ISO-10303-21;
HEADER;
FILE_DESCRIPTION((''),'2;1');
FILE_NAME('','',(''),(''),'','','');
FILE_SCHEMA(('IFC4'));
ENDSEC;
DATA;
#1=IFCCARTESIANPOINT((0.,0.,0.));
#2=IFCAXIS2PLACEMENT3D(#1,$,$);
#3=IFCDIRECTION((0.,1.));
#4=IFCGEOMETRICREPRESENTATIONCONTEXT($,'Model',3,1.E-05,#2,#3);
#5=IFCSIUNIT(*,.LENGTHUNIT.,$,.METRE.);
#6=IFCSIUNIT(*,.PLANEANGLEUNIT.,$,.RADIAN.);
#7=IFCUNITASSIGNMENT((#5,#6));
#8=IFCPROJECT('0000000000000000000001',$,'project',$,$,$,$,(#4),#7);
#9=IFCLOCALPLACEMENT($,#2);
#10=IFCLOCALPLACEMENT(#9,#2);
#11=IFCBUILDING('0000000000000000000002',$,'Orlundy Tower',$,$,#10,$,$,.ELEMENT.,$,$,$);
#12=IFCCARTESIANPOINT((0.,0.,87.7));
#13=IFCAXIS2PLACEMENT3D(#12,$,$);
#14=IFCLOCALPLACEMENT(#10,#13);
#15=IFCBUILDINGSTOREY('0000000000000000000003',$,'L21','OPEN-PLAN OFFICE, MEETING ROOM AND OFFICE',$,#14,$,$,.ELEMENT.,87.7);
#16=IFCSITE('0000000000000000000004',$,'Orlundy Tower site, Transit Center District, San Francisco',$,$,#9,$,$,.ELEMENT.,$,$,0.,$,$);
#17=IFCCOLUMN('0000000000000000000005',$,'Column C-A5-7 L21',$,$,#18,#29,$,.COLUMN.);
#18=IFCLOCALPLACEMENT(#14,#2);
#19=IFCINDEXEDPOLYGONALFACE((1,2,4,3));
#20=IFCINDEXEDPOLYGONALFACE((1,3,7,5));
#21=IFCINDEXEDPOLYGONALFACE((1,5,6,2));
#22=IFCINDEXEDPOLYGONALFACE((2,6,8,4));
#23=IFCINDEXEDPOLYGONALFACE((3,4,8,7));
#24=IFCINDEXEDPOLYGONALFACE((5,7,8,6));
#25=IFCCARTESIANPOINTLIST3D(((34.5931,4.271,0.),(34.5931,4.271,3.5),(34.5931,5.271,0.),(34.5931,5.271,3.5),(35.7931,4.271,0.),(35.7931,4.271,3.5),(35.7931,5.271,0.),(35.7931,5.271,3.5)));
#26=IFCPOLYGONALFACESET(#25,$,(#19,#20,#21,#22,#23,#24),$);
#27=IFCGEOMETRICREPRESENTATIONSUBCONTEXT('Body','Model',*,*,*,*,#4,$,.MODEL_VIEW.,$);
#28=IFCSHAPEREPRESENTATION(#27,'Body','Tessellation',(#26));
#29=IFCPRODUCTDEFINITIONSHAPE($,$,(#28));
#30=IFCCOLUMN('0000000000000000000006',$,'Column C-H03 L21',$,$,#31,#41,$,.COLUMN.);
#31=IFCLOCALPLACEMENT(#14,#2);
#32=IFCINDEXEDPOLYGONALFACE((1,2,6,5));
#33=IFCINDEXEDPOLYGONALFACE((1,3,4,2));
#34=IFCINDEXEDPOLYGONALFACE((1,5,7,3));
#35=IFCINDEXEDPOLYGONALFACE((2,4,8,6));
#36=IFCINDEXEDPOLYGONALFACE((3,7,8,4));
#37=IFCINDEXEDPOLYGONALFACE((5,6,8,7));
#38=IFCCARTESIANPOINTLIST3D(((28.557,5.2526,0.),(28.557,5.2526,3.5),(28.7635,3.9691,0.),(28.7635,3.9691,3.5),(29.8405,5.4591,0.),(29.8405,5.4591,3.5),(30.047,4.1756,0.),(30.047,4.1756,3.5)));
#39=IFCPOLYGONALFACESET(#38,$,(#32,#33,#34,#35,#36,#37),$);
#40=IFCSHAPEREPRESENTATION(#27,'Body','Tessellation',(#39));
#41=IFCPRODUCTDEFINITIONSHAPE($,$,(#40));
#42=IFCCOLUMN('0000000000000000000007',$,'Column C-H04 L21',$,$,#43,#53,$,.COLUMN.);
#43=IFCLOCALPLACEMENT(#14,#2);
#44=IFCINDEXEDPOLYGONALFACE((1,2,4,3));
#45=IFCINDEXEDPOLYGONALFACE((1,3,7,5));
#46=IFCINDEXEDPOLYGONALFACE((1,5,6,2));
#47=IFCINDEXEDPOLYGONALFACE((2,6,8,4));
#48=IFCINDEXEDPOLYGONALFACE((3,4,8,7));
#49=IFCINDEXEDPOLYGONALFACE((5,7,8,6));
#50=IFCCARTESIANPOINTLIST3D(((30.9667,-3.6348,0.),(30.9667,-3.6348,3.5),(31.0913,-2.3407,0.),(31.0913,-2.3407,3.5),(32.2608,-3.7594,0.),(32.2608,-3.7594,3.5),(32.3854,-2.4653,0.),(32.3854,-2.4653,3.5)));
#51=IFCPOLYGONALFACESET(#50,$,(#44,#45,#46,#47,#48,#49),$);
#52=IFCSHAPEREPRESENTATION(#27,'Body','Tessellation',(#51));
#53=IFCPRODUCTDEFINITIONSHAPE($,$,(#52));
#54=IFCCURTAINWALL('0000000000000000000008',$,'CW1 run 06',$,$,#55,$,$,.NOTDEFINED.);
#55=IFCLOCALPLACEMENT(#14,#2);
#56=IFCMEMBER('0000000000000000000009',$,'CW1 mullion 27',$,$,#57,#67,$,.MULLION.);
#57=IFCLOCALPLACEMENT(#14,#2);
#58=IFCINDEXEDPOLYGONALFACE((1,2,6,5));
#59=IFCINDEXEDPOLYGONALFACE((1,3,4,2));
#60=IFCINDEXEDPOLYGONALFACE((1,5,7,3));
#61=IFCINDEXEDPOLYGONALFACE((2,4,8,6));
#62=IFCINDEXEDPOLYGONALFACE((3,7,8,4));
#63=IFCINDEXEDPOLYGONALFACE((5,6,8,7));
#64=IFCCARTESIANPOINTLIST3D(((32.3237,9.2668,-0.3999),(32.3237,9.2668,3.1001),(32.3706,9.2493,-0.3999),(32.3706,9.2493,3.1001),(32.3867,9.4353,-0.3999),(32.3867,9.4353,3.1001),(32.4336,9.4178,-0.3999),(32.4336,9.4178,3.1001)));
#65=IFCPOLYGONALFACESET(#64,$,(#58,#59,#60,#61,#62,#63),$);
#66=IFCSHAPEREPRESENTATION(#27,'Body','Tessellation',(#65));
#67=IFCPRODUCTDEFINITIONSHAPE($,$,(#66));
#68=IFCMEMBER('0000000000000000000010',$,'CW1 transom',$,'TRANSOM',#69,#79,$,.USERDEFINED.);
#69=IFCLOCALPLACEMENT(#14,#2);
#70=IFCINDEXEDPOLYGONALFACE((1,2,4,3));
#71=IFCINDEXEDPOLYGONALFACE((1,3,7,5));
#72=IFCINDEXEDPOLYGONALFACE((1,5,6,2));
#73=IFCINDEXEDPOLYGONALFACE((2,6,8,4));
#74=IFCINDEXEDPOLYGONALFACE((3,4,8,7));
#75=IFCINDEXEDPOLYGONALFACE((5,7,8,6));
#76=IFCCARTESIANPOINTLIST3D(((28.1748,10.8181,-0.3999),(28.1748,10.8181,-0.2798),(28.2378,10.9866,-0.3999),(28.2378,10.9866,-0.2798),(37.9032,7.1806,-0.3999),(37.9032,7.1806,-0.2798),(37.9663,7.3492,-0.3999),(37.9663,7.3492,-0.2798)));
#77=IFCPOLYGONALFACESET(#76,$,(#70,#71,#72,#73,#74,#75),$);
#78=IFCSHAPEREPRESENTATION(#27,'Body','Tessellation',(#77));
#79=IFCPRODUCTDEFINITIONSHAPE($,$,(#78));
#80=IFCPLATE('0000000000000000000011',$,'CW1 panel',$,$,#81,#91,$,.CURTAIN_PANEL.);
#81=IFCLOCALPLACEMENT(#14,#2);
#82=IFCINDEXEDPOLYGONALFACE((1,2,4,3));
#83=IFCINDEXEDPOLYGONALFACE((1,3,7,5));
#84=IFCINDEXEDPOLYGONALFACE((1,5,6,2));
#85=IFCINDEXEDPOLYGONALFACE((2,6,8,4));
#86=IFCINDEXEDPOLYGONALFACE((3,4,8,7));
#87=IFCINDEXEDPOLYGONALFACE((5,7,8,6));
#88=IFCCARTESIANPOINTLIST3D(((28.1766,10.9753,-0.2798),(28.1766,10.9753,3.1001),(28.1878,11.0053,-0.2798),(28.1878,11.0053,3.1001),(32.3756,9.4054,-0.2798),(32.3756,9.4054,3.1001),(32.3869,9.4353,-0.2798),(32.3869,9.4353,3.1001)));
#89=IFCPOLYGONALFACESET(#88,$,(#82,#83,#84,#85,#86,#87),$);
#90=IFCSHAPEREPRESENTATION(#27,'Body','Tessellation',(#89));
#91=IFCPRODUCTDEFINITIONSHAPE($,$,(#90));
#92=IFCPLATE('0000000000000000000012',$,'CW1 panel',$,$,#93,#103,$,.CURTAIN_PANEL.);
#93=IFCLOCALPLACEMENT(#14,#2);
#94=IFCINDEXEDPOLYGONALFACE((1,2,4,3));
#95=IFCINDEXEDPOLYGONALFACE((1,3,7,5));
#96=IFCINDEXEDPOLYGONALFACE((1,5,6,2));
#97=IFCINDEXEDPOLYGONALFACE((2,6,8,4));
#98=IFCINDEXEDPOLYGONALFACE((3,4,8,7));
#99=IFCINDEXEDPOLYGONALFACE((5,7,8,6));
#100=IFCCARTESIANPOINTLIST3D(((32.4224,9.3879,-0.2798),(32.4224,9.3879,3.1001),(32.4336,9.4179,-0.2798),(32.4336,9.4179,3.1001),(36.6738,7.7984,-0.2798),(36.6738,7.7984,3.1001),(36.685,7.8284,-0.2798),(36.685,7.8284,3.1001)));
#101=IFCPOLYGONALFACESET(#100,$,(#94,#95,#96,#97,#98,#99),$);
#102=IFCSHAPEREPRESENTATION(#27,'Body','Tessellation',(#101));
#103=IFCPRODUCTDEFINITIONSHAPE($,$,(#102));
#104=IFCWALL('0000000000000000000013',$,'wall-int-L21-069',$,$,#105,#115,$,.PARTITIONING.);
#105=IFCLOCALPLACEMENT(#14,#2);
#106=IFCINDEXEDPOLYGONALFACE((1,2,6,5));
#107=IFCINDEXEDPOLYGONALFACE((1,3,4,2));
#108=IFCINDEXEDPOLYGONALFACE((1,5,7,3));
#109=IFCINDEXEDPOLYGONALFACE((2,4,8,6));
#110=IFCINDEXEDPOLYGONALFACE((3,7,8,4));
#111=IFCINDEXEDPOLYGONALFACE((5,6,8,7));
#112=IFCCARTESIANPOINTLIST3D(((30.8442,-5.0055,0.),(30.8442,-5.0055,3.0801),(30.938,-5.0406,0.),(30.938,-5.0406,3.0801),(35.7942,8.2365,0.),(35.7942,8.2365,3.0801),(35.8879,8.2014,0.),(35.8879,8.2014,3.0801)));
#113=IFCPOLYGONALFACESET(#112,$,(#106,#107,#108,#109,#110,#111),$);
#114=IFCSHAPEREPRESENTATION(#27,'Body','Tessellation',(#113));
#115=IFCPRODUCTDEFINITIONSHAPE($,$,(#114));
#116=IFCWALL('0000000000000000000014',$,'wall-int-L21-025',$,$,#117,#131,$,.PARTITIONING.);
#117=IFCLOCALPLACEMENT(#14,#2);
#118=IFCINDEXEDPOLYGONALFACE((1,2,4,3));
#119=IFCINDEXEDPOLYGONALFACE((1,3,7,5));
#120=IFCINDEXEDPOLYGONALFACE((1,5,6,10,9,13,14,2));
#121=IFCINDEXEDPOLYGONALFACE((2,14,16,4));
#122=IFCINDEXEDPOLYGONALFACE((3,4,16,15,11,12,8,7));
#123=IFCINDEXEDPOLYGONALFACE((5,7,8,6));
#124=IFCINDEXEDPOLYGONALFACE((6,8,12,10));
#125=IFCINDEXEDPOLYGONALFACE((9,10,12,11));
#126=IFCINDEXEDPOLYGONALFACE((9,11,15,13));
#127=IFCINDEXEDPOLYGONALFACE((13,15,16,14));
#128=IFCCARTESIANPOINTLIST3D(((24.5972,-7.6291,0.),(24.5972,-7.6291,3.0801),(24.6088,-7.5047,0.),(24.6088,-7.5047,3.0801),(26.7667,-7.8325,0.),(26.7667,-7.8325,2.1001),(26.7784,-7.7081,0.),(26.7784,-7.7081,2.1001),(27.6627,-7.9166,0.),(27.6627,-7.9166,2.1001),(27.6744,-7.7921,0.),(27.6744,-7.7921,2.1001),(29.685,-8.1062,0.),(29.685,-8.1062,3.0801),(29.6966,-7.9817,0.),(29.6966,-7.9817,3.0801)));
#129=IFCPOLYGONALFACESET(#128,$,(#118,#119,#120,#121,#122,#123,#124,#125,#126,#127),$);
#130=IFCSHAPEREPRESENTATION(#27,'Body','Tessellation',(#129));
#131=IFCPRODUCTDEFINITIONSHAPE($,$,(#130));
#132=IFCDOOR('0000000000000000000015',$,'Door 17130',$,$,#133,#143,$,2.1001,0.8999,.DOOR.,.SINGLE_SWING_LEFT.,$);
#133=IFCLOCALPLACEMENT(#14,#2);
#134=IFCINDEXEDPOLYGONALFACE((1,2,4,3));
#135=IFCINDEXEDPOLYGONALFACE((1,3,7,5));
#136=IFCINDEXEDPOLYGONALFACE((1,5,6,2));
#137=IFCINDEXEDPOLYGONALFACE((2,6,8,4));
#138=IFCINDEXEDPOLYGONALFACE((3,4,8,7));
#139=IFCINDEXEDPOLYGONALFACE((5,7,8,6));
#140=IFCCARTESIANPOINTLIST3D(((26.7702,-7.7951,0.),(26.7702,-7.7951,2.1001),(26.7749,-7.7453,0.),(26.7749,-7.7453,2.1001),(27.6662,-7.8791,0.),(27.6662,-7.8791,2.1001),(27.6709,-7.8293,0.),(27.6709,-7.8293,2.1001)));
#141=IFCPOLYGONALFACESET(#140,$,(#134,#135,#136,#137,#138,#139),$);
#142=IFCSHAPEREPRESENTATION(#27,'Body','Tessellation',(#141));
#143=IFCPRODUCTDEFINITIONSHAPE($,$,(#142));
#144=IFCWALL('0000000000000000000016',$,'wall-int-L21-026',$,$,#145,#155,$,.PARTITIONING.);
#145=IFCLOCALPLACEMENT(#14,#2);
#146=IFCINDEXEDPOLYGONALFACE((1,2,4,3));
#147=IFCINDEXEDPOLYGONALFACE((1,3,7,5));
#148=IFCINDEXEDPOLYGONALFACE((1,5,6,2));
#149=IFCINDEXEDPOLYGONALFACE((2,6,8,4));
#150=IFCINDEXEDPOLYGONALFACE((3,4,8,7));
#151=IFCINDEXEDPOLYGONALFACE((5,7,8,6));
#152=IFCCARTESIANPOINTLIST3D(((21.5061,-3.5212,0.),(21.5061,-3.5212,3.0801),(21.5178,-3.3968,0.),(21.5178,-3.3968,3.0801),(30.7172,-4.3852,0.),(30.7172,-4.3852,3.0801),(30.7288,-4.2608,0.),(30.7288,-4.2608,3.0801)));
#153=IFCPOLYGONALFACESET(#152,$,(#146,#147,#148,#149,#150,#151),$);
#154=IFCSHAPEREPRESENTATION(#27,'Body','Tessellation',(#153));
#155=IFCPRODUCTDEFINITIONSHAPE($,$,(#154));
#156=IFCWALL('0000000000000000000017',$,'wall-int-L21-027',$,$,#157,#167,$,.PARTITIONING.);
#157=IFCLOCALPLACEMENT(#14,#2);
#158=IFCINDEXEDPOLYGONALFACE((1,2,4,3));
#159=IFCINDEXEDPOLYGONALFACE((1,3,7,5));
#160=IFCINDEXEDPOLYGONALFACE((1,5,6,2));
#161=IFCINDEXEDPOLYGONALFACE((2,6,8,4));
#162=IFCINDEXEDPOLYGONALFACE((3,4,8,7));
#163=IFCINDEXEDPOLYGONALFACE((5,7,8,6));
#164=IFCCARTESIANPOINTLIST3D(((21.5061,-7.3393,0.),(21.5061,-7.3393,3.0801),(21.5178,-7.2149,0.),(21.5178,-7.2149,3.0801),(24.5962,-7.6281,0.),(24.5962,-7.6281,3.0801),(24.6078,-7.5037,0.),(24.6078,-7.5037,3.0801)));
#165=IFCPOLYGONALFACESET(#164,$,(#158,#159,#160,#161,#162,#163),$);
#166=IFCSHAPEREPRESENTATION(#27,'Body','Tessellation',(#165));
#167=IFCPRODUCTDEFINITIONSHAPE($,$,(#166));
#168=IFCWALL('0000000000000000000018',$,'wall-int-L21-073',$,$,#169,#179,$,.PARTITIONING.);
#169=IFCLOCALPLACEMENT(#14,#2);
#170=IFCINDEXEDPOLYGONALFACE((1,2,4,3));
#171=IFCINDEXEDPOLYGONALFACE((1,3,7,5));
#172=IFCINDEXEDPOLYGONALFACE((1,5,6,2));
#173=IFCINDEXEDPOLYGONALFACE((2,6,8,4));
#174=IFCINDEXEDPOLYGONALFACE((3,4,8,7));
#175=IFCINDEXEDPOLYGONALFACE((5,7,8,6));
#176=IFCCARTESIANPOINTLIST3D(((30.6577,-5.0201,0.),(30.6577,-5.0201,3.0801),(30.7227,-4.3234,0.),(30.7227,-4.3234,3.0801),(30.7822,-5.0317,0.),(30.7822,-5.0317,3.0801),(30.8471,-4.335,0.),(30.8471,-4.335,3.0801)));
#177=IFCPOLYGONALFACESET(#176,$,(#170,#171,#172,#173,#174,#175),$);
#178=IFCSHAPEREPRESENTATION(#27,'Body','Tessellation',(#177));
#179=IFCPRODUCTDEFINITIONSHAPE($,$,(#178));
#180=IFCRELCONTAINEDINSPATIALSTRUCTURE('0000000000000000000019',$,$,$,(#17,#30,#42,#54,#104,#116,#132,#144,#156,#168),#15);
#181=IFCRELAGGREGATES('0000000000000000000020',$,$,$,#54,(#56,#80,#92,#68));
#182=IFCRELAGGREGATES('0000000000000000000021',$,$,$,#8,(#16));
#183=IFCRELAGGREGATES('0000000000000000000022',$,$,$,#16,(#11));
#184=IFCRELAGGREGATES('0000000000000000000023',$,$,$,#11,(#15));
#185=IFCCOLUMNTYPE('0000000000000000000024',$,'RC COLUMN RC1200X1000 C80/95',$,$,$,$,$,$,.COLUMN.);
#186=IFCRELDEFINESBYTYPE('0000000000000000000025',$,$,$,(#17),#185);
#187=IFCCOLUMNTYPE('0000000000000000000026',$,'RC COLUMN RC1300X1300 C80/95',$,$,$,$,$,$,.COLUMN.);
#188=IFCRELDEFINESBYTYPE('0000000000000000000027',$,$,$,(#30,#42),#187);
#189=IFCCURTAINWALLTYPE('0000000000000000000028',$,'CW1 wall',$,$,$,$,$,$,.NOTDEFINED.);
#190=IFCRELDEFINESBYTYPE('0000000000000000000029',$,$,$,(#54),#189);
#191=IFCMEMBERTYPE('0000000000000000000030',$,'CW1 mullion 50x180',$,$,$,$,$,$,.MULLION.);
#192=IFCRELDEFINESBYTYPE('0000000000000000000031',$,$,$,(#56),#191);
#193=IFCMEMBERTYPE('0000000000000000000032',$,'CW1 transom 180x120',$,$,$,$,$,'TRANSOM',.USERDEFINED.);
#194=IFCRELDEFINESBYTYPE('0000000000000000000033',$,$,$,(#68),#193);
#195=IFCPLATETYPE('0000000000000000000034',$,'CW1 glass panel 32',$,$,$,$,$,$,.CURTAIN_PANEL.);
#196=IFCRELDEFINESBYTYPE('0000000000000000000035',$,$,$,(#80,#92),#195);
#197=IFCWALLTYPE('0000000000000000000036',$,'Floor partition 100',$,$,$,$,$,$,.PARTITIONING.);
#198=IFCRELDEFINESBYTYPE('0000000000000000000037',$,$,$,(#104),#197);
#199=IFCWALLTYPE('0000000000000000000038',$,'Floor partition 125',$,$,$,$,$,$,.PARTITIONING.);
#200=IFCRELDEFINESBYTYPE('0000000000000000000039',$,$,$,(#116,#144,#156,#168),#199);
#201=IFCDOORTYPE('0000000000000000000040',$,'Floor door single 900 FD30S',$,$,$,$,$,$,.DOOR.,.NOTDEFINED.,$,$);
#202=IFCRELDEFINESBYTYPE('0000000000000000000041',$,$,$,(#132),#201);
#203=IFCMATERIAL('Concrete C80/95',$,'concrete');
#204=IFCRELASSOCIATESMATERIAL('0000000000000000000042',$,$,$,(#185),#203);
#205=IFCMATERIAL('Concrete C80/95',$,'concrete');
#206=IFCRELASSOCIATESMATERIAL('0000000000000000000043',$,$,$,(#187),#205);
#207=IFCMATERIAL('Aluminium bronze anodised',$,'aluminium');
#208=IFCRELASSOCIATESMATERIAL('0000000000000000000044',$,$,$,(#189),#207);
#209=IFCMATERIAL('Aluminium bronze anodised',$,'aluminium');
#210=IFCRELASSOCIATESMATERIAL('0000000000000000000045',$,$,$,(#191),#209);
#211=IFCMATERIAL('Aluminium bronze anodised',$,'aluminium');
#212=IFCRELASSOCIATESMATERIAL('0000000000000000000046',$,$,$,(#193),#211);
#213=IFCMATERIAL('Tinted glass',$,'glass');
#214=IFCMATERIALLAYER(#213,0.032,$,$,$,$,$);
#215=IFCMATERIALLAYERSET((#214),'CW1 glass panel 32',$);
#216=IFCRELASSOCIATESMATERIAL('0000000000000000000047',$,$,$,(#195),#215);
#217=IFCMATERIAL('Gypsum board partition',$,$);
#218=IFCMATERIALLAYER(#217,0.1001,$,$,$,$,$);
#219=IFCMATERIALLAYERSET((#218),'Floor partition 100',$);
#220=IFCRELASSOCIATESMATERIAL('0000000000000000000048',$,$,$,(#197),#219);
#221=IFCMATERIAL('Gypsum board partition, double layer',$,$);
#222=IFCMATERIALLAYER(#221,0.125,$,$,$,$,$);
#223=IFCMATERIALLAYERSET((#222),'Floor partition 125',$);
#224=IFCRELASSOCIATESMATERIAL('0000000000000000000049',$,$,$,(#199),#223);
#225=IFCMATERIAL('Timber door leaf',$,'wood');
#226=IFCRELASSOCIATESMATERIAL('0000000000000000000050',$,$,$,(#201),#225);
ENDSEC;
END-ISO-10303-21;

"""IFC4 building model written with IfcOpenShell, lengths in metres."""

from ifc_helpers import new_model, si_unit, direction, frame, frame_2d, origin, origin_2d, place, context, subcontext, project, spatial, rectangle, extrude, material, layer, layer_set, material_profile, profile_set, type_object, element, fill, aggregate, save


model = new_model("IFC4")

# Units and contexts
model_context = context("Model", 3, precision=1e-05, world=origin(), true_north=direction((0.0, 1.0)))
body_context = subcontext(model_context, "Body", "Model", "MODEL_VIEW")
ifc_project = project(units=[si_unit("LENGTHUNIT", "METRE"), si_unit("PLANEANGLEUNIT", "RADIAN")], contexts=[model_context])

# Site, building, storey
site_placement = place(None, origin())
site = spatial("IfcSite", under=ifc_project, at=site_placement, Name="Orlundy Tower site, Transit Center District, San Francisco", CompositionType="ELEMENT", RefElevation=0.0)
building_placement = place(site_placement, origin())
building = spatial("IfcBuilding", under=site, at=building_placement, Name="Orlundy Tower", CompositionType="ELEMENT")
storey_placement = place(building_placement, frame((0.0, 0.0, 87.7)))
storey = spatial("IfcBuildingStorey", under=building, at=storey_placement, Name="L21", Description="OPEN-PLAN OFFICE, MEETING ROOM AND OFFICE", CompositionType="ELEMENT", Elevation=87.7)

# Columns
ifc_material_1 = material(Name="Concrete C80/95", Category="concrete")
ifc_material_profile_1 = material_profile(ifc_material_1, rectangle(XDim=1.2, YDim=1.0, at=origin_2d()), Name="RC1200X1000")
ifc_profile_set_1 = profile_set([ifc_material_profile_1], Name="Concrete C80/95")
column_type_1 = type_object("IfcColumnType", Name="RC COLUMN RC1200X1000 C80/95", PredefinedType="COLUMN", material=ifc_profile_set_1)
column_placement = place(storey_placement, frame((35.1931, 4.771, 0.0), z_axis=(0.0, 0.0, 1.0), x_axis=(1.0, 0.0, 0.0)))
element("IfcColumn", 1, at=column_placement, inside=storey, type_object=column_type_1, Name="Column C-A5-7 L21", PredefinedType="COLUMN", context=body_context, shape_type="SweptSolid", body=[
    extrude(rectangle(XDim=1.2, YDim=1.0, at=origin_2d()), origin(), (0.0, 0.0, 1.0), 3.5),
])
ifc_material_2 = material(Name="Concrete C80/95", Category="concrete")
ifc_material_profile_2 = material_profile(ifc_material_2, rectangle(XDim=1.3, YDim=1.3, at=origin_2d()), Name="RC1300X1300")
ifc_profile_set_2 = profile_set([ifc_material_profile_2], Name="Concrete C80/95")
column_type_2 = type_object("IfcColumnType", Name="RC COLUMN RC1300X1300 C80/95", PredefinedType="COLUMN", material=ifc_profile_set_2)
for number, where, z_axis, x_axis, name in (
    (2, (29.302, 4.7141, 0.0), (0.0, 0.0, 1.0), (0.987306, 0.15883, 0.0), "Column C-H03 L21"),
    (3, (31.676, -3.05, 0.0), (0.0, 0.0, 1.0), (0.995396, -0.095846, 0.0), "Column C-H04 L21"),
):
    element("IfcColumn", number, at=place(storey_placement, frame(where, z_axis=z_axis, x_axis=x_axis)), inside=storey, type_object=column_type_2, Name=name, PredefinedType="COLUMN", context=body_context, shape_type="SweptSolid", body=[
        extrude(rectangle(XDim=1.3, YDim=1.3, at=origin_2d()), origin(), (0.0, 0.0, 1.0), 3.5),
    ])

# Curtain wall, members, plates
ifc_material_3 = material(Name="Aluminium bronze anodised", Category="aluminium")
curtain_wall_type = type_object("IfcCurtainWallType", Name="CW1 wall", PredefinedType="NOTDEFINED", material=ifc_material_3)
curtain_wall_placement = place(storey_placement, origin())
curtain_wall = element("IfcCurtainWall", 4, at=curtain_wall_placement, inside=storey, type_object=curtain_wall_type, Name="CW1 run 06", PredefinedType="NOTDEFINED")
ifc_material_4 = material(Name="Aluminium bronze anodised", Category="aluminium")
ifc_material_profile_3 = material_profile(ifc_material_4, rectangle(XDim=0.1799, YDim=0.05, at=origin_2d()), Name="CW1 mullion 50x180")
ifc_profile_set_3 = profile_set([ifc_material_profile_3], Name="Aluminium bronze anodised")
member_type_1 = type_object("IfcMemberType", Name="CW1 mullion 50x180", PredefinedType="MULLION", material=ifc_profile_set_3)
member_1_placement = place(storey_placement, frame((32.3787, 9.3423, -0.3999), z_axis=(0.0, 0.0, 1.0), x_axis=(0.350204, 0.936674, 0.0)))
member_1 = element("IfcMember", 5, at=member_1_placement, type_object=member_type_1, Name="CW1 mullion 27", PredefinedType="MULLION", context=body_context, shape_type="SweptSolid", body=[
    extrude(rectangle(XDim=0.1799, YDim=0.05, at=origin_2d()), origin(), (0.0, 0.0, 1.0), 3.5),
])
ifc_material_5 = material(Name="Aluminium bronze anodised", Category="aluminium")
ifc_material_profile_4 = material_profile(ifc_material_5, rectangle(XDim=0.1799, YDim=0.1201, at=origin_2d()), Name="CW1 transom 180x120")
ifc_profile_set_4 = profile_set([ifc_material_profile_4], Name="Aluminium bronze anodised")
member_type_2 = type_object("IfcMemberType", Name="CW1 transom 180x120", ElementType="TRANSOM", PredefinedType="USERDEFINED", material=ifc_profile_set_4)
member_2_placement = place(storey_placement, frame((28.2063, 10.9023, -0.3398), z_axis=(0.936669, -0.350217, 0.0), x_axis=(0.350217, 0.936669, 0.0)))
member_2 = element("IfcMember", 6, at=member_2_placement, type_object=member_type_2, Name="CW1 transom", ObjectType="TRANSOM", PredefinedType="USERDEFINED", context=body_context, shape_type="SweptSolid", body=[
    extrude(rectangle(XDim=0.1799, YDim=0.1201, at=origin_2d()), origin(), (0.0, 0.0, 1.0), 10.3862),
])
ifc_material_6 = material(Name="Tinted glass", Category="glass")
ifc_layer_1 = layer(ifc_material_6, 0.032)
ifc_layer_set_1 = layer_set([ifc_layer_1], Name="CW1 glass panel 32")
plate_type = type_object("IfcPlateType", Name="CW1 glass panel 32", PredefinedType="CURTAIN_PANEL", material=ifc_layer_set_1)
plate_1_placement = place(storey_placement, frame((30.2817, 10.2053, -0.2798), z_axis=(0.0, 0.0, 1.0), x_axis=(0.936674, -0.350204, 0.0)))
plate_1 = element("IfcPlate", 7, at=plate_1_placement, type_object=plate_type, Name="CW1 panel", PredefinedType="CURTAIN_PANEL", context=body_context, shape_type="SweptSolid", body=[
    extrude(rectangle(XDim=4.4829, YDim=0.032, at=origin_2d()), origin(), (0.0, 0.0, 1.0), 3.3799),
])
plate_2_placement = place(storey_placement, frame((34.5537, 8.6082, -0.2798), z_axis=(0.0, 0.0, 1.0), x_axis=(0.936674, -0.350204, 0.0)))
plate_2 = element("IfcPlate", 8, at=plate_2_placement, type_object=plate_type, Name="CW1 panel", PredefinedType="CURTAIN_PANEL", context=body_context, shape_type="SweptSolid", body=[
    extrude(rectangle(XDim=4.5388, YDim=0.032, at=origin_2d()), origin(), (0.0, 0.0, 1.0), 3.3799),
])
aggregate(curtain_wall, [member_1, plate_1, plate_2, member_2])

# Wall
ifc_material_7 = material(Name="Gypsum board partition")
ifc_layer_2 = layer(ifc_material_7, 0.1001)
ifc_layer_set_2 = layer_set([ifc_layer_2], Name="Floor partition 100")
wall_type_1 = type_object("IfcWallType", Name="Floor partition 100", PredefinedType="PARTITIONING", material=ifc_layer_set_2)
wall_1_placement = place(storey_placement, frame((30.8911, -5.0229, 0.0), z_axis=(0.0, 0.0, 1.0), x_axis=(0.350145, 0.936696, 0.0)))
element("IfcWall", 9, at=wall_1_placement, inside=storey, type_object=wall_type_1, Name="wall-int-L21-069", PredefinedType="PARTITIONING", context=body_context, shape_type="SweptSolid", body=[
    extrude(rectangle(XDim=14.137, YDim=0.1001, at=frame_2d((7.0684, 0.0))), origin(), (0.0, 0.0, 1.0), 3.0801),
])

# Wall, opening, door
ifc_material_8 = material(Name="Gypsum board partition, double layer")
ifc_layer_3 = layer(ifc_material_8, 0.125)
ifc_layer_set_3 = layer_set([ifc_layer_3], Name="Floor partition 125")
wall_type_2 = type_object("IfcWallType", Name="Floor partition 125", PredefinedType="PARTITIONING", material=ifc_layer_set_3)
wall_2_placement = place(storey_placement, frame((29.6909, -8.0439, 0.0), z_axis=(0.0, 0.0, 1.0), x_axis=(-0.995633, 0.093353, 0.0)))
wall_2 = element("IfcWall", 10, at=wall_2_placement, inside=storey, type_object=wall_type_2, Name="wall-int-L21-025", PredefinedType="PARTITIONING", context=body_context, shape_type="SweptSolid", body=[
    extrude(rectangle(XDim=5.1101, YDim=0.125, at=frame_2d((2.5552, 0.0))), origin(), (0.0, 0.0, 1.0), 3.0801),
])
opening_1_placement = place(wall_2_placement, frame((2.0312, 0.0, 0.0)))
opening_1 = element("IfcOpeningElement", 11, at=opening_1_placement, cuts=wall_2, PredefinedType="OPENING", context=body_context, shape_type="SweptSolid", body=[
    extrude(rectangle(XDim=0.8999, YDim=2.1001, at=frame_2d((0.45, 1.05))), frame((0.0, 0.0725, 0.0), z_axis=(0.0, -1.0, 0.0), x_axis=(1.0, 0.0, 0.0)), (0.0, 0.0, 1.0), 0.145),
])
ifc_material_9 = material(Name="Timber door leaf", Category="wood")
door_type_1 = type_object("IfcDoorType", Name="Floor door single 900 FD30S", OperationType="NOTDEFINED", PredefinedType="DOOR", material=ifc_material_9)
door_1_placement = place(opening_1_placement, origin())
door_1 = element("IfcDoor", 12, at=door_1_placement, inside=storey, type_object=door_type_1, Name="Door 17130", OperationType="SINGLE_SWING_LEFT", OverallHeight=2.1001, OverallWidth=0.8999, PredefinedType="DOOR", context=body_context, shape_type="SweptSolid", body=[
    extrude(rectangle(XDim=0.8999, YDim=2.1001, at=frame_2d((0.45, 1.05))), frame((0.0, 0.0249, 0.0), z_axis=(0.0, -1.0, 0.0), x_axis=(1.0, 0.0, 0.0)), (0.0, 0.0, 1.0), 0.05),
])
fill(opening_1, door_1)

# Walls
wall_3_placement = place(storey_placement, frame((21.512, -3.459, 0.0), z_axis=(0.0, 0.0, 1.0), x_axis=(0.995629, -0.093393, 0.0)))
element("IfcWall", 13, at=wall_3_placement, inside=storey, type_object=wall_type_2, Name="wall-int-L21-026", PredefinedType="PARTITIONING", context=body_context, shape_type="SweptSolid", body=[
    extrude(rectangle(XDim=9.2515, YDim=0.125, at=frame_2d((4.6257, 0.0))), origin(), (0.0, 0.0, 1.0), 3.0801),
])
wall_4_placement = place(storey_placement, frame((21.512, -7.2771, 0.0), z_axis=(0.0, 0.0, 1.0), x_axis=(0.99566, -0.09306, 0.0)))
element("IfcWall", 14, at=wall_4_placement, inside=storey, type_object=wall_type_2, Name="wall-int-L21-027", PredefinedType="PARTITIONING", context=body_context, shape_type="SweptSolid", body=[
    extrude(rectangle(XDim=3.1035, YDim=0.125, at=frame_2d((1.5518, 0.0))), origin(), (0.0, 0.0, 1.0), 3.0801),
])
wall_5_placement = place(storey_placement, frame((30.72, -5.0259, 0.0), z_axis=(0.0, 0.0, 1.0), x_axis=(0.0928, 0.995685, 0.0)))
element("IfcWall", 15, at=wall_5_placement, inside=storey, type_object=wall_type_2, Name="wall-int-L21-073", PredefinedType="PARTITIONING", context=body_context, shape_type="SweptSolid", body=[
    extrude(rectangle(XDim=0.6997, YDim=0.125, at=frame_2d((0.3499, 0.0))), origin(), (0.0, 0.0, 1.0), 3.0801),
])

save(model, "model.ifc")
